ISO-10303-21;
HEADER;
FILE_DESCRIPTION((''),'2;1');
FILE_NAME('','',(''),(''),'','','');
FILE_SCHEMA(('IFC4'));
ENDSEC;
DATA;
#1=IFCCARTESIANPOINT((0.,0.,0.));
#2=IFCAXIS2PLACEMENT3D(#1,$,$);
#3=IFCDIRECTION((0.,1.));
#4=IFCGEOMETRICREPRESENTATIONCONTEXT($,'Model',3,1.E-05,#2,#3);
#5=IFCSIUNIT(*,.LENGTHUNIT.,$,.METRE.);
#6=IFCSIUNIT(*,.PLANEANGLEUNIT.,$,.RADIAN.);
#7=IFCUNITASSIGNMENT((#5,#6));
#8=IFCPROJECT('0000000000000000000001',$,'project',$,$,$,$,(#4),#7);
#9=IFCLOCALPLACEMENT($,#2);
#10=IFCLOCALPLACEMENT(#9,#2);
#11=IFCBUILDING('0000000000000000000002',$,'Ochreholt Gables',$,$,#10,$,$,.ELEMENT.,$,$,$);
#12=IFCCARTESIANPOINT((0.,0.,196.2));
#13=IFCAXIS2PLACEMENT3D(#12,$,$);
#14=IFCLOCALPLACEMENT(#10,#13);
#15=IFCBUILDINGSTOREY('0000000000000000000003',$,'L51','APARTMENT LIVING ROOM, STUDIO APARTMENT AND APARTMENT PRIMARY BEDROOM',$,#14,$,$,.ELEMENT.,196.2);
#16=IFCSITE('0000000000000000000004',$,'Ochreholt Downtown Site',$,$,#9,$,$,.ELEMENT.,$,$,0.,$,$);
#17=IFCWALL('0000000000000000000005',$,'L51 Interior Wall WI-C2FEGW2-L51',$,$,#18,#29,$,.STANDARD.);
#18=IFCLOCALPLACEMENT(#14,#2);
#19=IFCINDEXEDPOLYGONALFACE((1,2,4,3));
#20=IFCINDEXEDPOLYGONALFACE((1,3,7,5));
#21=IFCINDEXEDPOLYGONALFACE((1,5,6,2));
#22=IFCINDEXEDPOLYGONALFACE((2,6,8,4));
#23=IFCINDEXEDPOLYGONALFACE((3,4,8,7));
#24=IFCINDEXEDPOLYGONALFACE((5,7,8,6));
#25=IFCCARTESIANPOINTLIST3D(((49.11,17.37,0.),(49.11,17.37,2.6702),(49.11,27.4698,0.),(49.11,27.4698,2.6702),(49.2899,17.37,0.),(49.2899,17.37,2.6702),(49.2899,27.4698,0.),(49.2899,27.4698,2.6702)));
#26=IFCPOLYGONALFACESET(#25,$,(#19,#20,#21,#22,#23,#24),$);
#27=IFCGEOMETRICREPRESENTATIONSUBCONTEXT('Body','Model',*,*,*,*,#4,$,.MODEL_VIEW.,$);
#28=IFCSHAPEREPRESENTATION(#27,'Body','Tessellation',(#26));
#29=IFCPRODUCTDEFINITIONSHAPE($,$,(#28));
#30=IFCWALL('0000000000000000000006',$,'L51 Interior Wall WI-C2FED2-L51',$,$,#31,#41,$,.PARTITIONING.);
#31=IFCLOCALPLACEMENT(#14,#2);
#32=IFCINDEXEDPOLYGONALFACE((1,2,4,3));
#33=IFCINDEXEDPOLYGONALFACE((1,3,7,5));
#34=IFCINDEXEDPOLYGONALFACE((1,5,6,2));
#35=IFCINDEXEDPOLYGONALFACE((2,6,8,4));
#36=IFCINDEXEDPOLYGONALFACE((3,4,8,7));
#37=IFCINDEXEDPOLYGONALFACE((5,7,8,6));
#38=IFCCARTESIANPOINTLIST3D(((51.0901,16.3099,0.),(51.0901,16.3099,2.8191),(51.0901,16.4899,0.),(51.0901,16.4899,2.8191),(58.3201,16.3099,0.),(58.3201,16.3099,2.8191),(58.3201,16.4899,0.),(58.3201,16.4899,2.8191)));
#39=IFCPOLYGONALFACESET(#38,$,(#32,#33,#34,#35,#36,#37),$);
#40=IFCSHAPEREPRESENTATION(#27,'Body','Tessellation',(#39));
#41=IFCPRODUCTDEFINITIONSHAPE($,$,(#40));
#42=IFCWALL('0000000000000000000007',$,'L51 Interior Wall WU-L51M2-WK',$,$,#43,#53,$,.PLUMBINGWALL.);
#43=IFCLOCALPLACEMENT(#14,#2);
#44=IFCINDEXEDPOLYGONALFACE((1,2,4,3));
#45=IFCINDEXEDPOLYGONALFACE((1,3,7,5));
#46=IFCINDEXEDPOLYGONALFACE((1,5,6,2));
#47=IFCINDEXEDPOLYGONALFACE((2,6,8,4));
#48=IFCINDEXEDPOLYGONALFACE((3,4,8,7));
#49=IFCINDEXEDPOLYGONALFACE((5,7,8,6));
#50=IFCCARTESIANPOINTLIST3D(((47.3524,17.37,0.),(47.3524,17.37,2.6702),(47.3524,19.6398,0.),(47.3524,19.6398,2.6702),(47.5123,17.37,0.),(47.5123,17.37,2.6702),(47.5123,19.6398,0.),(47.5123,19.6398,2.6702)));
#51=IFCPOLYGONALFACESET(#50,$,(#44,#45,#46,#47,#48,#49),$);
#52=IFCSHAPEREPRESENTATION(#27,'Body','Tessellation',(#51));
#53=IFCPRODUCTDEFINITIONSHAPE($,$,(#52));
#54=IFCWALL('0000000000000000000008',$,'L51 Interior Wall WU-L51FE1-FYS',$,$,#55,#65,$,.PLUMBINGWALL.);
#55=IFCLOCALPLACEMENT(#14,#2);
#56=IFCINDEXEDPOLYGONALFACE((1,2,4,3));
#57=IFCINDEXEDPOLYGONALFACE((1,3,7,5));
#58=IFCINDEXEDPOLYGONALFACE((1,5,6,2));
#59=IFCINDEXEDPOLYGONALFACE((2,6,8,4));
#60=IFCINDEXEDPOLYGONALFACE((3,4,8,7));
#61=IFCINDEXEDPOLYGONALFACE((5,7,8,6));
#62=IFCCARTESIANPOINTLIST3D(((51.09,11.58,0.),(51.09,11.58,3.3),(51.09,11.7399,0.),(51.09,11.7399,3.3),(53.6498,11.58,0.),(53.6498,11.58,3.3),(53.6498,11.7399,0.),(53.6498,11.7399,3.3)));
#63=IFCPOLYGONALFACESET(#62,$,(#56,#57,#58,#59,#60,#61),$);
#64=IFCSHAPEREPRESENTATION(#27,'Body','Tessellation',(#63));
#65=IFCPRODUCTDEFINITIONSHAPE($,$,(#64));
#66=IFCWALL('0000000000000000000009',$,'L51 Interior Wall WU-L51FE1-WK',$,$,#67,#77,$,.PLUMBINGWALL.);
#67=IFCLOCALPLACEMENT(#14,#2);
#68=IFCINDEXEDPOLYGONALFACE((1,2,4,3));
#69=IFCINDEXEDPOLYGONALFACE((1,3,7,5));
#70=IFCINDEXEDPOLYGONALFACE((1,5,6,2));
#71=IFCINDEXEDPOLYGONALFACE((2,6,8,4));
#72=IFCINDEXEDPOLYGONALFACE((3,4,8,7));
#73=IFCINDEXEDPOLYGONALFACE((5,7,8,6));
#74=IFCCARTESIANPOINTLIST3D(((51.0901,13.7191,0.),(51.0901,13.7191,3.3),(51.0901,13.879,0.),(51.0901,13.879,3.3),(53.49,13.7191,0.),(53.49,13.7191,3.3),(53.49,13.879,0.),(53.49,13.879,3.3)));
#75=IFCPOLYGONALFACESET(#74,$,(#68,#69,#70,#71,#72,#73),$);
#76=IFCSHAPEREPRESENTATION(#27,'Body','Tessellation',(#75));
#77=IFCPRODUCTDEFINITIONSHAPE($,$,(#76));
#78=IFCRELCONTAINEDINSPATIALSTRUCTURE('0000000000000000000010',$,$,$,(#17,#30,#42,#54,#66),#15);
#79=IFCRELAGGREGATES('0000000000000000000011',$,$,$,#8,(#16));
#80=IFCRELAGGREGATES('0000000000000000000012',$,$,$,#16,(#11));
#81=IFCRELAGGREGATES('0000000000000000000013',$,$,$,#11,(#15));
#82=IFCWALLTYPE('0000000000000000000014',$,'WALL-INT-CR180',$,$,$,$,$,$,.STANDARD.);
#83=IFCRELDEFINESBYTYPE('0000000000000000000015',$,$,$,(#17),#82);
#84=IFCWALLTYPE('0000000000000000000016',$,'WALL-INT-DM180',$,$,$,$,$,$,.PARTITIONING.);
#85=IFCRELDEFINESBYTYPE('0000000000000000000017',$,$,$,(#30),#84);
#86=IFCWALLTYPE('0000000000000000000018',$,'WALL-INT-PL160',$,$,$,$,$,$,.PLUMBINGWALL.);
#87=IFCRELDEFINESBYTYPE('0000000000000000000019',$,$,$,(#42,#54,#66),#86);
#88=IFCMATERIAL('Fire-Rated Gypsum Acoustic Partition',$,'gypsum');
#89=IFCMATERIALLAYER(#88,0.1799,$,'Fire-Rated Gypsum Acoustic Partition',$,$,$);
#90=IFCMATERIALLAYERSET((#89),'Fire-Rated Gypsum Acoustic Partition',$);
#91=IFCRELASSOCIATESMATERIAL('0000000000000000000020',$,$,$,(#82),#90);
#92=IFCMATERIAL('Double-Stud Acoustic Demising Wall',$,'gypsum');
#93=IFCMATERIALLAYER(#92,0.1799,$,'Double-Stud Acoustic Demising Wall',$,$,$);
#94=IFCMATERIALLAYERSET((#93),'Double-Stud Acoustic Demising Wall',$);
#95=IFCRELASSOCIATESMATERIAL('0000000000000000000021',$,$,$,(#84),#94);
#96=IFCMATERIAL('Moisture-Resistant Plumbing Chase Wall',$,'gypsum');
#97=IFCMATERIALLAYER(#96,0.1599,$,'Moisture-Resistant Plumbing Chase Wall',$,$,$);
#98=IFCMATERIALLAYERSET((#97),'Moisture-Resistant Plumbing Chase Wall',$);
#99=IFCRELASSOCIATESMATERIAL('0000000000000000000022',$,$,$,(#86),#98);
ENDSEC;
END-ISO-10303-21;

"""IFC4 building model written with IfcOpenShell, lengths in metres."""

from ifc_helpers import new_model, si_unit, direction, frame, frame_2d, origin, place, context, subcontext, project, spatial, rectangle, extrude, material, layer, layer_set, type_object, element, save


model = new_model("IFC4")

# Units and contexts
model_context = context("Model", 3, precision=1e-05, world=origin(), true_north=direction((0.0, 1.0)))
body_context = subcontext(model_context, "Body", "Model", "MODEL_VIEW")
ifc_project = project(units=[si_unit("LENGTHUNIT", "METRE"), si_unit("PLANEANGLEUNIT", "RADIAN")], contexts=[model_context])

# Site, building, storey
site_placement = place(None, origin())
site = spatial("IfcSite", under=ifc_project, at=site_placement, Name="Ochreholt Downtown Site", CompositionType="ELEMENT", RefElevation=0.0)
building_placement = place(site_placement, origin())
building = spatial("IfcBuilding", under=site, at=building_placement, Name="Ochreholt Gables", CompositionType="ELEMENT")
storey_placement = place(building_placement, frame((0.0, 0.0, 196.2)))
storey = spatial("IfcBuildingStorey", under=building, at=storey_placement, Name="L51", Description="APARTMENT LIVING ROOM, STUDIO APARTMENT AND APARTMENT PRIMARY BEDROOM", CompositionType="ELEMENT", Elevation=196.2)

# Walls
ifc_material_1 = material(Name="Fire-Rated Gypsum Acoustic Partition", Category="gypsum")
ifc_layer_1 = layer(ifc_material_1, 0.1799, Name="Fire-Rated Gypsum Acoustic Partition")
ifc_layer_set_1 = layer_set([ifc_layer_1], Name="Fire-Rated Gypsum Acoustic Partition")
wall_type_1 = type_object("IfcWallType", Name="WALL-INT-CR180", PredefinedType="STANDARD", material=ifc_layer_set_1)
wall_1_placement = place(storey_placement, frame((49.2, 17.3701, 0.0), z_axis=(0.0, 0.0, 1.0), x_axis=(0.0, 1.0, 0.0)))
element("IfcWall", 1, at=wall_1_placement, inside=storey, type_object=wall_type_1, Name="L51 Interior Wall WI-C2FEGW2-L51", PredefinedType="STANDARD", context=body_context, shape_type="SweptSolid", body=[
    extrude(rectangle(XDim=10.0999, YDim=0.1799, at=frame_2d((5.0498, 0.0))), origin(), (0.0, 0.0, 1.0), 2.6702),
])
ifc_material_2 = material(Name="Double-Stud Acoustic Demising Wall", Category="gypsum")
ifc_layer_2 = layer(ifc_material_2, 0.1799, Name="Double-Stud Acoustic Demising Wall")
ifc_layer_set_2 = layer_set([ifc_layer_2], Name="Double-Stud Acoustic Demising Wall")
wall_type_2 = type_object("IfcWallType", Name="WALL-INT-DM180", PredefinedType="PARTITIONING", material=ifc_layer_set_2)
wall_2_placement = place(storey_placement, frame((51.0901, 16.3999, 0.0), z_axis=(0.0, 0.0, 1.0), x_axis=(1.0, 0.0, 0.0)))
element("IfcWall", 2, at=wall_2_placement, inside=storey, type_object=wall_type_2, Name="L51 Interior Wall WI-C2FED2-L51", PredefinedType="PARTITIONING", context=body_context, shape_type="SweptSolid", body=[
    extrude(rectangle(XDim=7.23, YDim=0.1799, at=frame_2d((3.615, 0.0))), origin(), (0.0, 0.0, 1.0), 2.8191),
])
ifc_material_3 = material(Name="Moisture-Resistant Plumbing Chase Wall", Category="gypsum")
ifc_layer_3 = layer(ifc_material_3, 0.1599, Name="Moisture-Resistant Plumbing Chase Wall")
ifc_layer_set_3 = layer_set([ifc_layer_3], Name="Moisture-Resistant Plumbing Chase Wall")
wall_type_3 = type_object("IfcWallType", Name="WALL-INT-PL160", PredefinedType="PLUMBINGWALL", material=ifc_layer_set_3)
wall_3_placement = place(storey_placement, frame((47.4324, 17.3701, 0.0), z_axis=(0.0, 0.0, 1.0), x_axis=(0.0, 1.0, 0.0)))
element("IfcWall", 3, at=wall_3_placement, inside=storey, type_object=wall_type_3, Name="L51 Interior Wall WU-L51M2-WK", PredefinedType="PLUMBINGWALL", context=body_context, shape_type="SweptSolid", body=[
    extrude(rectangle(XDim=2.2698, YDim=0.1599, at=frame_2d((1.1348, 0.0))), origin(), (0.0, 0.0, 1.0), 2.6702),
])
wall_4_placement = place(storey_placement, frame((51.0901, 11.6599, 0.0), z_axis=(0.0, 0.0, 1.0), x_axis=(1.0, 0.0, 0.0)))
element("IfcWall", 4, at=wall_4_placement, inside=storey, type_object=wall_type_3, Name="L51 Interior Wall WU-L51FE1-FYS", PredefinedType="PLUMBINGWALL", context=body_context, shape_type="SweptSolid", body=[
    extrude(rectangle(XDim=2.5598, YDim=0.1599, at=frame_2d((1.2798, 0.0))), origin(), (0.0, 0.0, 1.0), 3.3),
])

# Wall
wall_5_placement = place(storey_placement, frame((51.0901, 13.7991, 0.0), z_axis=(0.0, 0.0, 1.0), x_axis=(1.0, 0.0, 0.0)))
element("IfcWall", 5, at=wall_5_placement, inside=storey, type_object=wall_type_3, Name="L51 Interior Wall WU-L51FE1-WK", PredefinedType="PLUMBINGWALL", context=body_context, shape_type="SweptSolid", body=[
    extrude(rectangle(XDim=2.3999, YDim=0.1599, at=frame_2d((1.2, 0.0))), origin(), (0.0, 0.0, 1.0), 3.3),
])

save(model, "model.ifc")
